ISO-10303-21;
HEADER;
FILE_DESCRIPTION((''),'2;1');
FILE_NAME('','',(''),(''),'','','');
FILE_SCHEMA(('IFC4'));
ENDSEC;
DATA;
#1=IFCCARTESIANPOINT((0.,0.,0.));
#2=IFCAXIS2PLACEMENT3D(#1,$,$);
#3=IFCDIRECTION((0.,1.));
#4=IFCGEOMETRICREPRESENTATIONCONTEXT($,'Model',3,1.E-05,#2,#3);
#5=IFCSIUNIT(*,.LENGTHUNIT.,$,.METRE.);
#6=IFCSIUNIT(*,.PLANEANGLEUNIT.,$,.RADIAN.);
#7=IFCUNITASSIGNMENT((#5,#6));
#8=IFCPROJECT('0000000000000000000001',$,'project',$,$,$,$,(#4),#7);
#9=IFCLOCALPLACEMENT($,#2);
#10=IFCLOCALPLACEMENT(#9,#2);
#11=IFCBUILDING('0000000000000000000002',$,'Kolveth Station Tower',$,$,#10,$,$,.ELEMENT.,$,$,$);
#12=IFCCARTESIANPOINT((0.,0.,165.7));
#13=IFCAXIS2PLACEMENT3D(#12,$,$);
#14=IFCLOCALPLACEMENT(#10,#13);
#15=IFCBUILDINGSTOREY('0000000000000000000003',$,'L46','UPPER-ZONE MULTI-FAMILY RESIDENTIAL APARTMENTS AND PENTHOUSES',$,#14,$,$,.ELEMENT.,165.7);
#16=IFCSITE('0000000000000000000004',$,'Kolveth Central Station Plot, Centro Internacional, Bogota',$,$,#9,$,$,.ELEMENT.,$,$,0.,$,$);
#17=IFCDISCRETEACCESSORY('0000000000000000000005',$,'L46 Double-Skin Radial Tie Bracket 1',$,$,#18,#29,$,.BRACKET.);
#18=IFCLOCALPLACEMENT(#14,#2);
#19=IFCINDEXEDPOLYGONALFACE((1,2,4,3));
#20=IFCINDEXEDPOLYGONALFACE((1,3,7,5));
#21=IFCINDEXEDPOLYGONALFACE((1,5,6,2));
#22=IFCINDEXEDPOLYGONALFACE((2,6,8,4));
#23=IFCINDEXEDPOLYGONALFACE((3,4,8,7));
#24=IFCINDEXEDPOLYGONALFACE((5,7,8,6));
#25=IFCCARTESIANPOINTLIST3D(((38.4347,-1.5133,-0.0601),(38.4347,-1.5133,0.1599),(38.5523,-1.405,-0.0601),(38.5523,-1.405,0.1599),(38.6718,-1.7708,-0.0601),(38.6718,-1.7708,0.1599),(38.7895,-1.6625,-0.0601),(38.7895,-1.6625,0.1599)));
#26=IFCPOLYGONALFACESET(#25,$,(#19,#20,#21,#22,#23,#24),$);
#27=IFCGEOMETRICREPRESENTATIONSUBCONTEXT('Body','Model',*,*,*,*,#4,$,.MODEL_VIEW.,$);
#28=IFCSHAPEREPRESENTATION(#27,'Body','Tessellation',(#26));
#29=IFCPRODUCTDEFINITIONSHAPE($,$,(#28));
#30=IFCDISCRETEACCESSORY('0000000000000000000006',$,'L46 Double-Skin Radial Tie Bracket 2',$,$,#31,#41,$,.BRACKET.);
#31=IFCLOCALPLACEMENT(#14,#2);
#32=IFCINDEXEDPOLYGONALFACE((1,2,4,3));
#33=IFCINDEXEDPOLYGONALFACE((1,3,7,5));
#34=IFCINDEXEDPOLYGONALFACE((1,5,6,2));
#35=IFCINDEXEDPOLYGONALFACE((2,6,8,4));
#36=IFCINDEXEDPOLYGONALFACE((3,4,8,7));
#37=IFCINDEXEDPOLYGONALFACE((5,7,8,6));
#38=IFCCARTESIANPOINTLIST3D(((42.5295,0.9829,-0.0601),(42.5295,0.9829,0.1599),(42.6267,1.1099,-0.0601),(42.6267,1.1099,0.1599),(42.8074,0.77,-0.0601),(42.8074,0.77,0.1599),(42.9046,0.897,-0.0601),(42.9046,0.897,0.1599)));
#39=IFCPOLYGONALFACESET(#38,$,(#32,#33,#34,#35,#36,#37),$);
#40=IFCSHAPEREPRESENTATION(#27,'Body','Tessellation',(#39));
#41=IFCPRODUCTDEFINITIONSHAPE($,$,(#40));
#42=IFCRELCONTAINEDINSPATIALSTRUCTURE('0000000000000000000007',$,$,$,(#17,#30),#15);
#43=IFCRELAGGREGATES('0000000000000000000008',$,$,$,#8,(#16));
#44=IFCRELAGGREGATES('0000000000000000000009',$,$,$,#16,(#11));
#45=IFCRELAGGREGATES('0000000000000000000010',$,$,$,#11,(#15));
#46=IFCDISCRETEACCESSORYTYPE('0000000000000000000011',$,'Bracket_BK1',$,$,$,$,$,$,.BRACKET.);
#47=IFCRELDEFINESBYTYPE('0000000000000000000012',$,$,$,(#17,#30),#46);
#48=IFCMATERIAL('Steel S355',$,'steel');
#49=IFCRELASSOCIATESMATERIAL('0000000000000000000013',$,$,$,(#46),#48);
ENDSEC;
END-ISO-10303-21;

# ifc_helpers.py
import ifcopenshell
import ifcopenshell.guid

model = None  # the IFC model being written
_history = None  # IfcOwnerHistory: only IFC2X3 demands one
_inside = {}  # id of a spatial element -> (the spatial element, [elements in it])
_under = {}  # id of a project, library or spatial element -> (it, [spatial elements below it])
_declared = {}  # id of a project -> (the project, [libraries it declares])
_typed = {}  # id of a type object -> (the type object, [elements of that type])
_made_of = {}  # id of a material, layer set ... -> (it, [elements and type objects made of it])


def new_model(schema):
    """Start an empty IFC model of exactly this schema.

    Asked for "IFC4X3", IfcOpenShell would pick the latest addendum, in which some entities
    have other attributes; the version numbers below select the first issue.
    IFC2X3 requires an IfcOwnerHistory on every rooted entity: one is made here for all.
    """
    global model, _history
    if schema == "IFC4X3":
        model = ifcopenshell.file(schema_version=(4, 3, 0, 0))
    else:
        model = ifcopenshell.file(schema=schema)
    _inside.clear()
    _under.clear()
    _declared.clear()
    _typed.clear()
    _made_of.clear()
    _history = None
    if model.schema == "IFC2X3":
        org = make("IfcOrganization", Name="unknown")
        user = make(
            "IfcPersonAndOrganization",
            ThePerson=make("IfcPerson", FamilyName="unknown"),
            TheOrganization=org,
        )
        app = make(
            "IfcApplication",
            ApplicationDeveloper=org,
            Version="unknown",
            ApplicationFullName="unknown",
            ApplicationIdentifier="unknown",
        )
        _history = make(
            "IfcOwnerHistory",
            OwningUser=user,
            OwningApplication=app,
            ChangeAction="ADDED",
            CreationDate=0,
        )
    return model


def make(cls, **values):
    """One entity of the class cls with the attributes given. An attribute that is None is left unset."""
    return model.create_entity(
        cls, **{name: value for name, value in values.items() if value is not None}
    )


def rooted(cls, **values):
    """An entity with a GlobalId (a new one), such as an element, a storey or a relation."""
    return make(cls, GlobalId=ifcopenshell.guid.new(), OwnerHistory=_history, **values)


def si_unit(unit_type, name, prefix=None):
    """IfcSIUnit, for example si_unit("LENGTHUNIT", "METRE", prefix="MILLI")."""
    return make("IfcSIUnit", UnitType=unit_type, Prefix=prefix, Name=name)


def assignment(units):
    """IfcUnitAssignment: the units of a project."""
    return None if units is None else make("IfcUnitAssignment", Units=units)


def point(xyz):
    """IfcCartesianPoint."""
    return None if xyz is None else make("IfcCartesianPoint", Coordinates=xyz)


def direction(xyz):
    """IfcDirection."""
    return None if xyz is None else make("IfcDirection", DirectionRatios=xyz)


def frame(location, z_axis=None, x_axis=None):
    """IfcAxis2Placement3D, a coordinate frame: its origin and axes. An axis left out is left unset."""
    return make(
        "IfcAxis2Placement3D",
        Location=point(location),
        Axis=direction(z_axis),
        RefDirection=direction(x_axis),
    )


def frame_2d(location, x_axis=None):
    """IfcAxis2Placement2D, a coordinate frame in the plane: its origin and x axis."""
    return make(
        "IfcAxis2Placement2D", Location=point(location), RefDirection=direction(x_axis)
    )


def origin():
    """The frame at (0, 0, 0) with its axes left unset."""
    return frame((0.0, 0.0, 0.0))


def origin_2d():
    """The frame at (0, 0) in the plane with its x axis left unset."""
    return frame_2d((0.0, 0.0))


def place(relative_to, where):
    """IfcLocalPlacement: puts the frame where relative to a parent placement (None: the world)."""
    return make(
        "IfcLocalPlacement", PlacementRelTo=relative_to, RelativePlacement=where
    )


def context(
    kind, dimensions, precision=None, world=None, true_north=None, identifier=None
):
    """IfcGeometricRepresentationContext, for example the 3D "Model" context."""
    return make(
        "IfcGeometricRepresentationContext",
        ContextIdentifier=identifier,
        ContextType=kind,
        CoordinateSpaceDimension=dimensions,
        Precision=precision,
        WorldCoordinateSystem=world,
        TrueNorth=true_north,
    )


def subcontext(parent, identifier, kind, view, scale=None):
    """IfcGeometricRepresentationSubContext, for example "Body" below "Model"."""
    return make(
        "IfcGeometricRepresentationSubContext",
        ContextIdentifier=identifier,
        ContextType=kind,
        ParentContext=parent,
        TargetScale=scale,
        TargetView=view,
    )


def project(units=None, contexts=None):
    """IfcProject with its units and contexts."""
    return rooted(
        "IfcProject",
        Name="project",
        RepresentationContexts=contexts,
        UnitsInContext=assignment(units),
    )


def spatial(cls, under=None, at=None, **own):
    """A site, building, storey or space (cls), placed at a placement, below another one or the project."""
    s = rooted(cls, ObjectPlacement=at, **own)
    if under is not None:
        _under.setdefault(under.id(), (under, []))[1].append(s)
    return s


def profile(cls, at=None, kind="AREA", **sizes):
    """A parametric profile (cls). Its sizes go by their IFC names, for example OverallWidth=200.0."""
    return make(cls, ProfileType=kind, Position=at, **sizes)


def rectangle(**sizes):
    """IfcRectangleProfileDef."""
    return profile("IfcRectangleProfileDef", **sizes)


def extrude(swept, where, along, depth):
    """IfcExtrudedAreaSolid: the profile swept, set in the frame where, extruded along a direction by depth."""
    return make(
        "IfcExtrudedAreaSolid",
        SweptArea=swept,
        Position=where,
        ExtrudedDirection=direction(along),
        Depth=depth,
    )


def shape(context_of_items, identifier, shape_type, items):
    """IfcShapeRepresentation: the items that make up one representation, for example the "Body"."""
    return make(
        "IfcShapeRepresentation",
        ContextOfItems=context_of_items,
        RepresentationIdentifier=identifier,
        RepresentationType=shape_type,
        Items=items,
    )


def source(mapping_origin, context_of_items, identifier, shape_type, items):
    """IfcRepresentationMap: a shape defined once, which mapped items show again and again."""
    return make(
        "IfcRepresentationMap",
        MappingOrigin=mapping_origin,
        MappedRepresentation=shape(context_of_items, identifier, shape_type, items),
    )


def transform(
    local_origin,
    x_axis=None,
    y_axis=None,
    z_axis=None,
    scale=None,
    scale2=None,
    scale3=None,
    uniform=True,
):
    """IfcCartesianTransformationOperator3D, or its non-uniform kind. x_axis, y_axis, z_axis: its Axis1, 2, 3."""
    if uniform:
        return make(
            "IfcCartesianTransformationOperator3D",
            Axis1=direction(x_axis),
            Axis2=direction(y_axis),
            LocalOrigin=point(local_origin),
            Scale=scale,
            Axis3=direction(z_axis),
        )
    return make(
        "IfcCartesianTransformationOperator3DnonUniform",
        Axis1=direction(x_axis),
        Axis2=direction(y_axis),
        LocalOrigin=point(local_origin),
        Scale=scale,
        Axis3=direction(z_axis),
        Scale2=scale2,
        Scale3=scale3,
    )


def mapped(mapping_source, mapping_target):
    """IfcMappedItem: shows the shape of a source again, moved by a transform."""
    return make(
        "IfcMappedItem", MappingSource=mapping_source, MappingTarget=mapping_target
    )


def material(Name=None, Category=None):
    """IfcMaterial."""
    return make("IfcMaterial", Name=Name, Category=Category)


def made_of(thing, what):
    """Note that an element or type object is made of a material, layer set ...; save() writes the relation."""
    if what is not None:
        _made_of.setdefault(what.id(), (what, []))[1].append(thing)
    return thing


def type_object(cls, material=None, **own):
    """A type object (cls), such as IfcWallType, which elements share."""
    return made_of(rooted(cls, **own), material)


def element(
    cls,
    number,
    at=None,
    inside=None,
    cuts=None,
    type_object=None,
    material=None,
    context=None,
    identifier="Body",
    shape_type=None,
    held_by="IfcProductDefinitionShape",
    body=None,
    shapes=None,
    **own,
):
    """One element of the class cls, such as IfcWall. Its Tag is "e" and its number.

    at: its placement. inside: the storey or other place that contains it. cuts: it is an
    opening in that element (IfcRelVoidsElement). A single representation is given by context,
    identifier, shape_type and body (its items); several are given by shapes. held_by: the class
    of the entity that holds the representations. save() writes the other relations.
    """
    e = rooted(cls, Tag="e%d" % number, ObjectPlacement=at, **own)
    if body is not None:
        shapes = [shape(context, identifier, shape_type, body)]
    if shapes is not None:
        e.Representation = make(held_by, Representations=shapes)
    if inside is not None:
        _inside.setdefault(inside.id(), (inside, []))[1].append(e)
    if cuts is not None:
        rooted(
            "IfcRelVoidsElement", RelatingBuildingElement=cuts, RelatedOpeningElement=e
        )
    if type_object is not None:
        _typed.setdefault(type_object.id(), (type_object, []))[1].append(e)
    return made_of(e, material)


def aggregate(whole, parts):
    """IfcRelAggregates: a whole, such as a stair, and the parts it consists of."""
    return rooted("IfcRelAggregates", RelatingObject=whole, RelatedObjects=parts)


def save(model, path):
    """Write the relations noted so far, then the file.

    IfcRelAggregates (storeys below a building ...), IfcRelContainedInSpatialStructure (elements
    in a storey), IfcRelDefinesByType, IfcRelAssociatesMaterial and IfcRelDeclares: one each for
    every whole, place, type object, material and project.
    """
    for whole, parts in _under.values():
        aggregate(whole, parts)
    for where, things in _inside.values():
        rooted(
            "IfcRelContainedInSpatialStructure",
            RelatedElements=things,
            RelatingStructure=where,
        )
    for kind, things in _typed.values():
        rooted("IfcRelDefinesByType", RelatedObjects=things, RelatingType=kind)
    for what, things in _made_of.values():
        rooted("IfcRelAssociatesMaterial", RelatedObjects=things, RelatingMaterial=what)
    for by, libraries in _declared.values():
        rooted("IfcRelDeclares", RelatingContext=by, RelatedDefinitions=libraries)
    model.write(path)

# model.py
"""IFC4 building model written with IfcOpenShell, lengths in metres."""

from ifc_helpers import new_model, si_unit, direction, frame, origin, origin_2d, place, context, subcontext, project, spatial, rectangle, extrude, source, transform, mapped, material, type_object, element, save


model = new_model("IFC4")

# Units and contexts
model_context = context("Model", 3, precision=1e-05, world=origin(), true_north=direction((0.0, 1.0)))
body_context = subcontext(model_context, "Body", "Model", "MODEL_VIEW")
ifc_project = project(units=[si_unit("LENGTHUNIT", "METRE"), si_unit("PLANEANGLEUNIT", "RADIAN")], contexts=[model_context])

# Site, building, storey
site_placement = place(None, origin())
site = spatial("IfcSite", under=ifc_project, at=site_placement, Name="Kolveth Central Station Plot, Centro Internacional, Bogota", CompositionType="ELEMENT", RefElevation=0.0)
building_placement = place(site_placement, origin())
building = spatial("IfcBuilding", under=site, at=building_placement, Name="Kolveth Station Tower", CompositionType="ELEMENT")
storey_placement = place(building_placement, frame((0.0, 0.0, 165.7)))
storey = spatial("IfcBuildingStorey", under=building, at=storey_placement, Name="L46", Description="UPPER-ZONE MULTI-FAMILY RESIDENTIAL APARTMENTS AND PENTHOUSES", CompositionType="ELEMENT", Elevation=165.7)

# Discrete accessories
ifc_material_1 = material(Name="Steel S355", Category="steel")
discrete_accessory_type = type_object("IfcDiscreteAccessoryType", Name="Bracket_BK1", PredefinedType="BRACKET", material=ifc_material_1)
shared_shape_1 = source(origin(), body_context, "Body", "SweptSolid", [
    extrude(rectangle(XDim=0.3501, YDim=0.1599, at=origin_2d()), origin(), (0.0, 0.0, 1.0), 0.22),
])
for number, where, z_axis, x_axis, name in (
    (1, (38.6121, -1.5879, -0.0601), (0.0, 0.0, 1.0), (0.67739, -0.735624, 0.0), "L46 Double-Skin Radial Tie Bracket 1"),
    (2, (42.717, 0.9399, -0.0601), (0.0, 0.0, 1.0), (0.793884, -0.608069, 0.0), "L46 Double-Skin Radial Tie Bracket 2"),
):
    element("IfcDiscreteAccessory", number, at=place(storey_placement, frame(where, z_axis=z_axis, x_axis=x_axis)), inside=storey, type_object=discrete_accessory_type, Name=name, PredefinedType="BRACKET", context=body_context, shape_type="MappedRepresentation", body=[
        mapped(shared_shape_1, transform((0.0, 0.0, 0.0), x_axis=(1.0, 0.0, 0.0), y_axis=(0.0, 1.0, 0.0), z_axis=(0.0, 0.0, 1.0), scale=1.0)),
    ])

save(model, "model.ifc")
